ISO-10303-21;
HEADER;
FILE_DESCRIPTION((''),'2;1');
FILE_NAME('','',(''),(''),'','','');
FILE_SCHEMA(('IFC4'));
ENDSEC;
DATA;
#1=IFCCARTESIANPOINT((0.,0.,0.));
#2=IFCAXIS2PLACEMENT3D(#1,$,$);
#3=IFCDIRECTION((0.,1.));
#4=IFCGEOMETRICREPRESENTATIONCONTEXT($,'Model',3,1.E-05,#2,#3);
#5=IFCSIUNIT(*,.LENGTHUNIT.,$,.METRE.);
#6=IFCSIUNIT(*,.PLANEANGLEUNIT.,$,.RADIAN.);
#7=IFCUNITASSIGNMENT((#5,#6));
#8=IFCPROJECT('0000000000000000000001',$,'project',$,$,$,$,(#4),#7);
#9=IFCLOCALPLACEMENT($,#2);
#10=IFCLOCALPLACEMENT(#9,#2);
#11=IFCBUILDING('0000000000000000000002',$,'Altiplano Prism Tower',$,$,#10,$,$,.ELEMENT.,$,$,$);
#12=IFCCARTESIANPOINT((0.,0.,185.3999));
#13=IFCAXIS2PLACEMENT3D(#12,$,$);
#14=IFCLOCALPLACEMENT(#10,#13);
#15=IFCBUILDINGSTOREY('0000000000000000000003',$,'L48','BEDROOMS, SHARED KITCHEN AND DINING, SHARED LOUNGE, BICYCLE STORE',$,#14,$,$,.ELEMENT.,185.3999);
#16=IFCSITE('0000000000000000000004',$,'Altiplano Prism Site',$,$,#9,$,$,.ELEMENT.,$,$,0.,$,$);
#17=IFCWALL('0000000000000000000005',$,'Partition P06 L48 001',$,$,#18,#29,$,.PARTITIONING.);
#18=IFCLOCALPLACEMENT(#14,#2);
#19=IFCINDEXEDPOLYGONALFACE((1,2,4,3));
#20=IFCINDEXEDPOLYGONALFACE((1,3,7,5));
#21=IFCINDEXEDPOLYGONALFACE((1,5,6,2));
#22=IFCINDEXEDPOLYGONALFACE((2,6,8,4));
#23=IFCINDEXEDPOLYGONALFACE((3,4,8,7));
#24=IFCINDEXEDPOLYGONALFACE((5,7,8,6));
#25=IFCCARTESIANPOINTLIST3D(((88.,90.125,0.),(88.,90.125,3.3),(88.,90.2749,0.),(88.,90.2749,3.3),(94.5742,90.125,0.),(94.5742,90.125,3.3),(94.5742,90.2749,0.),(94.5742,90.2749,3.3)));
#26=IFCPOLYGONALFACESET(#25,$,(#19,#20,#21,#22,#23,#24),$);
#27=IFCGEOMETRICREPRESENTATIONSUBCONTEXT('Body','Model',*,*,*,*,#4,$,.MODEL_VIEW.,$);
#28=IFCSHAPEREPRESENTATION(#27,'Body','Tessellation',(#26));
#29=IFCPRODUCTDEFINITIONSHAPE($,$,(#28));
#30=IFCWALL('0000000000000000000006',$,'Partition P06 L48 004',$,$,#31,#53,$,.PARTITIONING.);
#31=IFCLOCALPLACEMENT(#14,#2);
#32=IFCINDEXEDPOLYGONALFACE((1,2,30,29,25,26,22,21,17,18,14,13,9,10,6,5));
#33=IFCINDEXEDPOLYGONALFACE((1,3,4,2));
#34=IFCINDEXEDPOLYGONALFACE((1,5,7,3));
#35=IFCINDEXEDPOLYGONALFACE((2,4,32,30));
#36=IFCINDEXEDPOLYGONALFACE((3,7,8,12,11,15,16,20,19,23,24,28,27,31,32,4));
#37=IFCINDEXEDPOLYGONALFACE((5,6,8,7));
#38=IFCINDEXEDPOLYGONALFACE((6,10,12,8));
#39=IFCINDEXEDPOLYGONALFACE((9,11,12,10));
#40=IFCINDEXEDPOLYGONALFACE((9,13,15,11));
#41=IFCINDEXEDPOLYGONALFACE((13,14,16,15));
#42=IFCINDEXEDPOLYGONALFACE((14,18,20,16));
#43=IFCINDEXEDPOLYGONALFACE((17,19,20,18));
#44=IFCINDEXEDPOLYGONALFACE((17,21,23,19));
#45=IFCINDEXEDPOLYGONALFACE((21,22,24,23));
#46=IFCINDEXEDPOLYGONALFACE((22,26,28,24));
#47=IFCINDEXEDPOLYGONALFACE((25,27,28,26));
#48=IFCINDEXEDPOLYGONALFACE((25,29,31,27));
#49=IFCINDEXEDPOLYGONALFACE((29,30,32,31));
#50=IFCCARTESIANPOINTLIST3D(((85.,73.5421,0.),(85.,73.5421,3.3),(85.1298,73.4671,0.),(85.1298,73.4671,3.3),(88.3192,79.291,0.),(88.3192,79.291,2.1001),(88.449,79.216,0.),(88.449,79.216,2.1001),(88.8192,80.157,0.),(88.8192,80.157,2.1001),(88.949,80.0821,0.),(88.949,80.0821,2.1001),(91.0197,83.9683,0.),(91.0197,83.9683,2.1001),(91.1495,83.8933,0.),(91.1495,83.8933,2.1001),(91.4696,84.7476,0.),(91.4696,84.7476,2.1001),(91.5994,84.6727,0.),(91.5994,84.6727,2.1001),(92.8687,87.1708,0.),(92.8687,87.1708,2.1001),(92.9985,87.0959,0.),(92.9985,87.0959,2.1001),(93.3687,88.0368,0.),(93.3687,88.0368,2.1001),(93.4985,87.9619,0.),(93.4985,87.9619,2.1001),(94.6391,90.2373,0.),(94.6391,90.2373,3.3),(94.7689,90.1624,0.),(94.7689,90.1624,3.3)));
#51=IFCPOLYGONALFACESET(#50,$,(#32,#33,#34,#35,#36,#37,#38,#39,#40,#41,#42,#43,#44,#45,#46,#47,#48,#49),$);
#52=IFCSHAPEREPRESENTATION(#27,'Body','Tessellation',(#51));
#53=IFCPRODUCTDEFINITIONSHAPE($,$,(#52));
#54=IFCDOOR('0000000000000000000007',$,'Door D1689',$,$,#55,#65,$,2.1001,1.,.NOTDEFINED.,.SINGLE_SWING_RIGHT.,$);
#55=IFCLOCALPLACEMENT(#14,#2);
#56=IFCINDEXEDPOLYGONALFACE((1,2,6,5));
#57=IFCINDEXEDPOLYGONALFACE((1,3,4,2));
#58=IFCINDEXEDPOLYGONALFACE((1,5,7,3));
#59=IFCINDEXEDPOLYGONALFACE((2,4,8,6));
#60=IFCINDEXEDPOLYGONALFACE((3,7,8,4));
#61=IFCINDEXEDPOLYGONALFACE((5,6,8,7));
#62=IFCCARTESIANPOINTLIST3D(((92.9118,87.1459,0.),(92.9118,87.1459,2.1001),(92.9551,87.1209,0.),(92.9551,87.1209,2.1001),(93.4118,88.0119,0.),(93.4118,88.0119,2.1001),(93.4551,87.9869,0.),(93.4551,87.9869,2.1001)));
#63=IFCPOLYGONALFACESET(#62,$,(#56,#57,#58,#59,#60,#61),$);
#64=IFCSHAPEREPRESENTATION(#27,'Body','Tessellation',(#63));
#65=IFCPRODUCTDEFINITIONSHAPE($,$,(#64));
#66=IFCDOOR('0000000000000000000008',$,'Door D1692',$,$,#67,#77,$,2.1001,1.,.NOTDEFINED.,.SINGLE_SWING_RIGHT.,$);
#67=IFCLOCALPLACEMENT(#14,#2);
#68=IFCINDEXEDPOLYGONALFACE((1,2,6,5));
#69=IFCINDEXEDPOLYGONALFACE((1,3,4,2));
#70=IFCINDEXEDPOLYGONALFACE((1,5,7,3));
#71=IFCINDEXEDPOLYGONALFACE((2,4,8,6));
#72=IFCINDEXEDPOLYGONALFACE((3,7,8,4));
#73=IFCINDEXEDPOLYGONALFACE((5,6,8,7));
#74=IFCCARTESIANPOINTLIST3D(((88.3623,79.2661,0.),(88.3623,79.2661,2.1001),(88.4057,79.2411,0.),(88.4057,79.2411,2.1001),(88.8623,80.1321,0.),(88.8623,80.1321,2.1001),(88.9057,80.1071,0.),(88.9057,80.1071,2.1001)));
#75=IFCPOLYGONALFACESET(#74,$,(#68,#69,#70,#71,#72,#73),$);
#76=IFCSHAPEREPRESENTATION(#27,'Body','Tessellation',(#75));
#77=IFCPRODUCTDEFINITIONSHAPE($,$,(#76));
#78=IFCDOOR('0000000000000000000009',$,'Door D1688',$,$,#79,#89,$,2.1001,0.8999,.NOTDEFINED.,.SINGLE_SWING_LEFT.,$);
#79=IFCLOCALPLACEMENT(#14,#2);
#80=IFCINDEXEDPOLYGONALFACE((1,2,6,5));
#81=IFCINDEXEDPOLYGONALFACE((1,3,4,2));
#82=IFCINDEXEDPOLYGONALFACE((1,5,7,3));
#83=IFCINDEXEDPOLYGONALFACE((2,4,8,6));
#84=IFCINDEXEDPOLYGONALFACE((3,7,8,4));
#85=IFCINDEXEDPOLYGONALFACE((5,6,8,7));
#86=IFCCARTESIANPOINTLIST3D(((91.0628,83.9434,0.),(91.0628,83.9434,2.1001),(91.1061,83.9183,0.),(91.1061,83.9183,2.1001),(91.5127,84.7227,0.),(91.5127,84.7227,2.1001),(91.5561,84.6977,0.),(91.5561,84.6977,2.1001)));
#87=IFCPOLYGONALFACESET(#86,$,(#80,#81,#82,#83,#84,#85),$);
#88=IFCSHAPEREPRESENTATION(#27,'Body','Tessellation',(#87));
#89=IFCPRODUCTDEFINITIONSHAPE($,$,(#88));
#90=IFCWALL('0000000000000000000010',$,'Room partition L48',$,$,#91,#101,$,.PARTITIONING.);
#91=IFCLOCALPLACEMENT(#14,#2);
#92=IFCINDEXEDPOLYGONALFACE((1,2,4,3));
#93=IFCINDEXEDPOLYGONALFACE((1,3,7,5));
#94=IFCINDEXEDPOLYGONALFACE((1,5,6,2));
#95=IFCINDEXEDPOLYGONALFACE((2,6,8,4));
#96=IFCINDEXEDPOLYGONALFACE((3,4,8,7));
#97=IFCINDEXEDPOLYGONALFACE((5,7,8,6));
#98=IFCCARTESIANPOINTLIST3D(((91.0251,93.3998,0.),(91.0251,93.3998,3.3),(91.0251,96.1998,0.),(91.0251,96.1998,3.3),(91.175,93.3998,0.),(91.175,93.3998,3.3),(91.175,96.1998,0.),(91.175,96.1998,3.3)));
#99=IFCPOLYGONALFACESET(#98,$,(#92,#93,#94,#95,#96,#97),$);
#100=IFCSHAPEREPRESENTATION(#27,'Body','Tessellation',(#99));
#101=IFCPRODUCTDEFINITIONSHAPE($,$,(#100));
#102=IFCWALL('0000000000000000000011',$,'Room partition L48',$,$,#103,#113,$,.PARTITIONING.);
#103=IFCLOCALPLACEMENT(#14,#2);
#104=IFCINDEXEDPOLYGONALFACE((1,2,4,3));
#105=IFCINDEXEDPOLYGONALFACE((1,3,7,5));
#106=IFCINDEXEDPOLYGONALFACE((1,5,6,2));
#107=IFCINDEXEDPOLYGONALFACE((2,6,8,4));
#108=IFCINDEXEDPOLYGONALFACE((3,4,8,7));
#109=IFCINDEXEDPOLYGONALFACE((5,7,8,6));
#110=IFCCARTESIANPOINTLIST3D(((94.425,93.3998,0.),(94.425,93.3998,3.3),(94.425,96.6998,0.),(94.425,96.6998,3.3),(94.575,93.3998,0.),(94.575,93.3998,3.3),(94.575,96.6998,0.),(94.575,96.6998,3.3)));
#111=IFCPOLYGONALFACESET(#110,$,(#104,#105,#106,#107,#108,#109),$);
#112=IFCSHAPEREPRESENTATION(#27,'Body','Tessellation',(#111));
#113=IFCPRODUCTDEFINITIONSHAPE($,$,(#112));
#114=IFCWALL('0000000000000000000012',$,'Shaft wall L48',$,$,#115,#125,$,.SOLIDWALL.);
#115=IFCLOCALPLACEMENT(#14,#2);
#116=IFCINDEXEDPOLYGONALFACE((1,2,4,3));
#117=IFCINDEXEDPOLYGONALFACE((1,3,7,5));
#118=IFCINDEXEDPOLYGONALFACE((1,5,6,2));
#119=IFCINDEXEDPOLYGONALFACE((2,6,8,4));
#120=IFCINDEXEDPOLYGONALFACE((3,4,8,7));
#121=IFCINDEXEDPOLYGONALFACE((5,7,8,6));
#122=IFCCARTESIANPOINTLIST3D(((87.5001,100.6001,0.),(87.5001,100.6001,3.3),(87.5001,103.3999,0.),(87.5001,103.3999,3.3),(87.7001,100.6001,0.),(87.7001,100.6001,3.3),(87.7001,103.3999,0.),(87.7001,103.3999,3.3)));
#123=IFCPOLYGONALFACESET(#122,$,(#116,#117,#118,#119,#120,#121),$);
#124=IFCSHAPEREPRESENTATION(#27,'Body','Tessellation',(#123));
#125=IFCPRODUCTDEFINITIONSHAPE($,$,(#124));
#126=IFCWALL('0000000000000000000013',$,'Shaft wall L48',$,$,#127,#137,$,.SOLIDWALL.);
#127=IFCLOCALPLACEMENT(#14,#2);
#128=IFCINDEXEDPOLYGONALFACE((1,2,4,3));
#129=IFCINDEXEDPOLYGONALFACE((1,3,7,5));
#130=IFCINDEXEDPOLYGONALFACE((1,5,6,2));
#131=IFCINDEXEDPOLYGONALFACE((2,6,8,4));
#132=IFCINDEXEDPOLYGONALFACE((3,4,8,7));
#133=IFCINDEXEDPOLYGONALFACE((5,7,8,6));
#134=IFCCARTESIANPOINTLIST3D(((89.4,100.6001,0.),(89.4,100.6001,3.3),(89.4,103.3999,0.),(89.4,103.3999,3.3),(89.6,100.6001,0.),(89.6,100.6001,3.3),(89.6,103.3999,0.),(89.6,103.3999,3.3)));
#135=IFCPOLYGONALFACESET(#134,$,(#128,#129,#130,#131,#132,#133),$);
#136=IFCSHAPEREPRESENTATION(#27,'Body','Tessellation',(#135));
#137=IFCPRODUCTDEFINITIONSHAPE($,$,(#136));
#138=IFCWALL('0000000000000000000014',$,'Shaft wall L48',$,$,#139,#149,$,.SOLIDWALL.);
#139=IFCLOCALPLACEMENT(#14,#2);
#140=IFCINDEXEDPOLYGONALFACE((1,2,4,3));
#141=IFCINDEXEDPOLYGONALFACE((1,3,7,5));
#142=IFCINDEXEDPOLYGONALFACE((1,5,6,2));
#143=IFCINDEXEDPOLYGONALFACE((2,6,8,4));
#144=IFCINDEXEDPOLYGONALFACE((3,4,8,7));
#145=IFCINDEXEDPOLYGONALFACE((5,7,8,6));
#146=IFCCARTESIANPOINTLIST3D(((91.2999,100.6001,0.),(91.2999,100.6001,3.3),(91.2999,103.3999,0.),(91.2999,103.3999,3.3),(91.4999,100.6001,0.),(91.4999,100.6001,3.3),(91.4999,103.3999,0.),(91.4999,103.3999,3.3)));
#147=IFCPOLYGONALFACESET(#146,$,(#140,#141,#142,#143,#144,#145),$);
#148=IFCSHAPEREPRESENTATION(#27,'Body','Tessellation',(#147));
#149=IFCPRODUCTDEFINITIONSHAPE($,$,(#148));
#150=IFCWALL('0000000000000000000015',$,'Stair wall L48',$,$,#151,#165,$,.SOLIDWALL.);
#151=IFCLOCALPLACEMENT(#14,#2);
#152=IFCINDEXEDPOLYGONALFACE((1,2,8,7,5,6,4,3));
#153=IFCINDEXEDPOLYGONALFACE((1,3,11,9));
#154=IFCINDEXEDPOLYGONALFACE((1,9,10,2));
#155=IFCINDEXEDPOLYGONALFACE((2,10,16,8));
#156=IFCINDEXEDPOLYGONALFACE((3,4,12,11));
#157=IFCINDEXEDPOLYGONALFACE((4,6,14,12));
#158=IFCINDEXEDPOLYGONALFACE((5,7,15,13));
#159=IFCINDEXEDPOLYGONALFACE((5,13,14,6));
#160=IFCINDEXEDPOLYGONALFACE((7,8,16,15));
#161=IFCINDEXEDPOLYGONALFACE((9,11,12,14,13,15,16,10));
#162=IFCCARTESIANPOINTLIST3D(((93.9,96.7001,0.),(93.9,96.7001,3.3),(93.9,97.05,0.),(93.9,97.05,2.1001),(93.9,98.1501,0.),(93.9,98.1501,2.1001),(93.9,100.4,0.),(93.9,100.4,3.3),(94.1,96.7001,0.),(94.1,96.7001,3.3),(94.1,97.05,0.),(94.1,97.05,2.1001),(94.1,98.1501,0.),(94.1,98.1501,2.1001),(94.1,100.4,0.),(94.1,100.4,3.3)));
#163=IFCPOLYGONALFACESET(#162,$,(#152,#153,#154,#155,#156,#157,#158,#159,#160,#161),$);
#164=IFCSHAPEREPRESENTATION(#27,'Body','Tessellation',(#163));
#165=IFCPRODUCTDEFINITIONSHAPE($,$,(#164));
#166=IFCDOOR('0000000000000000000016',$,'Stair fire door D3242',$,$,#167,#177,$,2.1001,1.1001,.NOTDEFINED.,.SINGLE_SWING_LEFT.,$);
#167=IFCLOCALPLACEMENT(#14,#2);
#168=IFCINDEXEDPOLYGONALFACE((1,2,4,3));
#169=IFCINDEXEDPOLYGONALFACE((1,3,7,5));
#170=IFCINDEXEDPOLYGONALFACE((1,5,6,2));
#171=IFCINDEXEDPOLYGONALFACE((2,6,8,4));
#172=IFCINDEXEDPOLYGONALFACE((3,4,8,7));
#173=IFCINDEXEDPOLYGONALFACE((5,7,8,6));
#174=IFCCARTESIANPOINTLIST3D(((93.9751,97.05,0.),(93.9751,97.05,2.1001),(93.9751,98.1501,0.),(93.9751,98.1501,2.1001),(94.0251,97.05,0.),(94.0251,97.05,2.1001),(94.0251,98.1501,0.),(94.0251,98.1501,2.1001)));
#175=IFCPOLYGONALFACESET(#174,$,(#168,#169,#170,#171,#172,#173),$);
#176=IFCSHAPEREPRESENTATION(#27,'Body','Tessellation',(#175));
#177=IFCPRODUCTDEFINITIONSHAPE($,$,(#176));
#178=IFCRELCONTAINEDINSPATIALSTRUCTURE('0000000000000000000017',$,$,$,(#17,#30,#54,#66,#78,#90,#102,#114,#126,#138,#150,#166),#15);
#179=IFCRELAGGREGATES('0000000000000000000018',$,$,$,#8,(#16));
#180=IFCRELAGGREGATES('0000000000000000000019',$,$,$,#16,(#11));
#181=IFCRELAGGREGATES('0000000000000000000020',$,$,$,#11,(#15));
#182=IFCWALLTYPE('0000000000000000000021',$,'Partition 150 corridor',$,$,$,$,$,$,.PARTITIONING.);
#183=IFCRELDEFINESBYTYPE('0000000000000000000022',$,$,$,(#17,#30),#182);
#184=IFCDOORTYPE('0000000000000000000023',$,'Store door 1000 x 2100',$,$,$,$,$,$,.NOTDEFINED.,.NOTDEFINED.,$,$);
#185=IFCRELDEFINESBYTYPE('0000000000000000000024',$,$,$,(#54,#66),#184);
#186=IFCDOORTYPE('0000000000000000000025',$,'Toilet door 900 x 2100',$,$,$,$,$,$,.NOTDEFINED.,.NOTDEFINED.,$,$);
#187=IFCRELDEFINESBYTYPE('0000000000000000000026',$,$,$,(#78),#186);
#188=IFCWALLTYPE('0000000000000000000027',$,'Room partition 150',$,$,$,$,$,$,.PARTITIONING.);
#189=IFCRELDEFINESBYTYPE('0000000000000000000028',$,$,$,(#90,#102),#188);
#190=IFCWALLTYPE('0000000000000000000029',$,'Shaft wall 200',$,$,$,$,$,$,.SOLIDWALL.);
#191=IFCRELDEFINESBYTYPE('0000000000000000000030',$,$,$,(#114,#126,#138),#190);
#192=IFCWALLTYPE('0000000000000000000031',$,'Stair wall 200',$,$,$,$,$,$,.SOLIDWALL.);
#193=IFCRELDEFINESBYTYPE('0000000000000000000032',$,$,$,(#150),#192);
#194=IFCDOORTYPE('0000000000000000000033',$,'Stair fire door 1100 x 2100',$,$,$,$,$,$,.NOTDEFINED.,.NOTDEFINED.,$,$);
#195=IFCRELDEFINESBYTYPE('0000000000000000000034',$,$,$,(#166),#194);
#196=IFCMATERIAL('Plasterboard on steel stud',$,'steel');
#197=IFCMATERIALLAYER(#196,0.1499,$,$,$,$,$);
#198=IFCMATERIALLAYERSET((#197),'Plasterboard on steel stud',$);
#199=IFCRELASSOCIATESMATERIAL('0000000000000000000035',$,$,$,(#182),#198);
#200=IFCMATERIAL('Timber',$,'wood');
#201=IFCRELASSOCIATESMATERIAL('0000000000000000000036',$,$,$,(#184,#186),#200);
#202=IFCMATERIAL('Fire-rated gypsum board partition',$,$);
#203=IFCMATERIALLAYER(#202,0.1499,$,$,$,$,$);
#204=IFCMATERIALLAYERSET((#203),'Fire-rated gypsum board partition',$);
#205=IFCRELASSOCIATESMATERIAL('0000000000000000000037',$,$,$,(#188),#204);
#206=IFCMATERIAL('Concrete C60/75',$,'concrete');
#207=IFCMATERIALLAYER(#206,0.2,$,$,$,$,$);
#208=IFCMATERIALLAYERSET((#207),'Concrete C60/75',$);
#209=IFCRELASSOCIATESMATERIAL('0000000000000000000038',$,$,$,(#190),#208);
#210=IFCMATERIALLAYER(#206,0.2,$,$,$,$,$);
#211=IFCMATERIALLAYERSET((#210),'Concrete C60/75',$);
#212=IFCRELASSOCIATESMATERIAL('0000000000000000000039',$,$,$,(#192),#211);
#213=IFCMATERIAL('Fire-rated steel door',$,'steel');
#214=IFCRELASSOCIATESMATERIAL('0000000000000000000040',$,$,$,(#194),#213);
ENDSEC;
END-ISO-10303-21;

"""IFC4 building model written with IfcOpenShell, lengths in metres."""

from ifc_helpers import new_model, si_unit, direction, frame, frame_2d, origin, place, context, subcontext, project, spatial, rectangle, extrude, material, layer, layer_set, type_object, element, fill, save


model = new_model("IFC4")

# Units and contexts
model_context = context("Model", 3, precision=1e-05, world=origin(), true_north=direction((0.0, 1.0)))
body_context = subcontext(model_context, "Body", "Model", "MODEL_VIEW")
ifc_project = project(units=[si_unit("LENGTHUNIT", "METRE"), si_unit("PLANEANGLEUNIT", "RADIAN")], contexts=[model_context])

# Site, building, storey
site_placement = place(None, origin())
site = spatial("IfcSite", under=ifc_project, at=site_placement, Name="Altiplano Prism Site", CompositionType="ELEMENT", RefElevation=0.0)
building_placement = place(site_placement, origin())
building = spatial("IfcBuilding", under=site, at=building_placement, Name="Altiplano Prism Tower", CompositionType="ELEMENT")
storey_placement = place(building_placement, frame((0.0, 0.0, 185.3999)))
storey = spatial("IfcBuildingStorey", under=building, at=storey_placement, Name="L48", Description="BEDROOMS, SHARED KITCHEN AND DINING, SHARED LOUNGE, BICYCLE STORE", CompositionType="ELEMENT", Elevation=185.3999)

# Wall
ifc_material_1 = material(Name="Plasterboard on steel stud", Category="steel")
ifc_layer_1 = layer(ifc_material_1, 0.1499)
ifc_layer_set_1 = layer_set([ifc_layer_1], Name="Plasterboard on steel stud")
wall_type_1 = type_object("IfcWallType", Name="Partition 150 corridor", PredefinedType="PARTITIONING", material=ifc_layer_set_1)
wall_1_placement = place(storey_placement, frame((88.0, 90.2, 0.0), z_axis=(0.0, 0.0, 1.0), x_axis=(1.0, 0.0, 0.0)))
element("IfcWall", 1, at=wall_1_placement, inside=storey, type_object=wall_type_1, Name="Partition P06 L48 001", PredefinedType="PARTITIONING", context=body_context, shape_type="SweptSolid", body=[
    extrude(rectangle(XDim=6.5742, YDim=0.1499, at=frame_2d((3.2871, 0.0))), origin(), (0.0, 0.0, 1.0), 3.3),
])

# Wall, openings, doors
wall_2_placement = place(storey_placement, frame((94.7041, 90.2, 0.0), z_axis=(0.0, 0.0, 1.0), x_axis=(-0.500005, -0.866023, 0.0)))
wall_2 = element("IfcWall", 2, at=wall_2_placement, inside=storey, type_object=wall_type_1, Name="Partition P06 L48 004", PredefinedType="PARTITIONING", context=body_context, shape_type="SweptSolid", body=[
    extrude(rectangle(XDim=19.2781, YDim=0.1499, at=frame_2d((9.6392, 0.0))), origin(), (0.0, 0.0, 1.0), 3.3),
])
opening_1_placement = place(wall_2_placement, frame((6.3391, 0.0, 0.0)))
opening_1 = element("IfcOpeningElement", 3, at=opening_1_placement, cuts=wall_2, PredefinedType="OPENING", context=body_context, shape_type="SweptSolid", body=[
    extrude(rectangle(XDim=0.8999, YDim=2.1001, at=frame_2d((0.45, 1.05))), frame((0.0, 0.0854, 0.0), z_axis=(0.0, -1.0, 0.0), x_axis=(1.0, 0.0, 0.0)), (0.0, 0.0, 1.0), 0.1709),
])
opening_2_placement = place(wall_2_placement, frame((2.541, 0.0, 0.0)))
opening_2 = element("IfcOpeningElement", 4, at=opening_2_placement, cuts=wall_2, PredefinedType="OPENING", context=body_context, shape_type="SweptSolid", body=[
    extrude(rectangle(XDim=1.0, YDim=2.1001, at=frame_2d((0.5, 1.05))), frame((0.0, 0.0854, 0.0), z_axis=(0.0, -1.0, 0.0), x_axis=(1.0, 0.0, 0.0)), (0.0, 0.0, 1.0), 0.1709),
])
opening_3_placement = place(wall_2_placement, frame((11.6399, 0.0, 0.0)))
opening_3 = element("IfcOpeningElement", 5, at=opening_3_placement, cuts=wall_2, PredefinedType="OPENING", context=body_context, shape_type="SweptSolid", body=[
    extrude(rectangle(XDim=1.0, YDim=2.1001, at=frame_2d((0.5, 1.05))), frame((0.0, 0.0854, 0.0), z_axis=(0.0, -1.0, 0.0), x_axis=(1.0, 0.0, 0.0)), (0.0, 0.0, 1.0), 0.1709),
])
ifc_material_2 = material(Name="Timber", Category="wood")
door_type_1 = type_object("IfcDoorType", Name="Store door 1000 x 2100", OperationType="NOTDEFINED", PredefinedType="NOTDEFINED", material=ifc_material_2)
door_1_placement = place(opening_2_placement, origin())
door_1 = element("IfcDoor", 6, at=door_1_placement, inside=storey, type_object=door_type_1, Name="Door D1689", OperationType="SINGLE_SWING_RIGHT", OverallHeight=2.1001, OverallWidth=1.0, PredefinedType="NOTDEFINED", context=body_context, shape_type="SweptSolid", body=[
    extrude(rectangle(XDim=1.0, YDim=2.1001, at=frame_2d((0.5, 1.05))), frame((0.0, 0.0249, 0.0), z_axis=(0.0, -1.0, 0.0), x_axis=(1.0, 0.0, 0.0)), (0.0, 0.0, 1.0), 0.05),
])
fill(opening_2, door_1)
door_2_placement = place(opening_3_placement, origin())
door_2 = element("IfcDoor", 7, at=door_2_placement, inside=storey, type_object=door_type_1, Name="Door D1692", OperationType="SINGLE_SWING_RIGHT", OverallHeight=2.1001, OverallWidth=1.0, PredefinedType="NOTDEFINED", context=body_context, shape_type="SweptSolid", body=[
    extrude(rectangle(XDim=1.0, YDim=2.1001, at=frame_2d((0.5, 1.05))), frame((0.0, 0.0249, 0.0), z_axis=(0.0, -1.0, 0.0), x_axis=(1.0, 0.0, 0.0)), (0.0, 0.0, 1.0), 0.05),
])
fill(opening_3, door_2)
door_type_2 = type_object("IfcDoorType", Name="Toilet door 900 x 2100", OperationType="NOTDEFINED", PredefinedType="NOTDEFINED", material=ifc_material_2)
door_3_placement = place(opening_1_placement, origin())
door_3 = element("IfcDoor", 8, at=door_3_placement, inside=storey, type_object=door_type_2, Name="Door D1688", OperationType="SINGLE_SWING_LEFT", OverallHeight=2.1001, OverallWidth=0.8999, PredefinedType="NOTDEFINED", context=body_context, shape_type="SweptSolid", body=[
    extrude(rectangle(XDim=0.8999, YDim=2.1001, at=frame_2d((0.45, 1.05))), frame((0.0, 0.0249, 0.0), z_axis=(0.0, -1.0, 0.0), x_axis=(1.0, 0.0, 0.0)), (0.0, 0.0, 1.0), 0.05),
])
fill(opening_1, door_3)

# Walls
ifc_material_3 = material(Name="Fire-rated gypsum board partition")
ifc_layer_2 = layer(ifc_material_3, 0.1499)
ifc_layer_set_2 = layer_set([ifc_layer_2], Name="Fire-rated gypsum board partition")
wall_type_2 = type_object("IfcWallType", Name="Room partition 150", PredefinedType="PARTITIONING", material=ifc_layer_set_2)
wall_3_placement = place(storey_placement, frame((91.1001, 93.3999, 0.0), z_axis=(0.0, 0.0, 1.0), x_axis=(0.0, 1.0, 0.0)))
element("IfcWall", 9, at=wall_3_placement, inside=storey, type_object=wall_type_2, Name="Room partition L48", PredefinedType="PARTITIONING", context=body_context, shape_type="SweptSolid", body=[
    extrude(rectangle(XDim=2.8, YDim=0.1499, at=frame_2d((1.3999, 0.0))), origin(), (0.0, 0.0, 1.0), 3.3),
])
wall_4_placement = place(storey_placement, frame((94.5, 93.3999, 0.0), z_axis=(0.0, 0.0, 1.0), x_axis=(0.0, 1.0, 0.0)))
element("IfcWall", 10, at=wall_4_placement, inside=storey, type_object=wall_type_2, Name="Room partition L48", PredefinedType="PARTITIONING", context=body_context, shape_type="SweptSolid", body=[
    extrude(rectangle(XDim=3.3, YDim=0.1499, at=frame_2d((1.6499, 0.0))), origin(), (0.0, 0.0, 1.0), 3.3),
])
ifc_material_4 = material(Name="Concrete C60/75", Category="concrete")
ifc_layer_3 = layer(ifc_material_4, 0.2)
ifc_layer_set_3 = layer_set([ifc_layer_3], Name="Concrete C60/75")
wall_type_3 = type_object("IfcWallType", Name="Shaft wall 200", PredefinedType="SOLIDWALL", material=ifc_layer_set_3)
for number, where, z_axis, x_axis, name in (
    (11, (87.6001, 100.6001, 0.0), (0.0, 0.0, 1.0), (0.0, 1.0, 0.0), "Shaft wall L48"),
    (12, (89.5, 100.6001, 0.0), (0.0, 0.0, 1.0), (0.0, 1.0, 0.0), "Shaft wall L48"),
    (13, (91.3999, 100.6001, 0.0), (0.0, 0.0, 1.0), (0.0, 1.0, 0.0), "Shaft wall L48"),
):
    element("IfcWall", number, at=place(storey_placement, frame(where, z_axis=z_axis, x_axis=x_axis)), inside=storey, type_object=wall_type_3, Name=name, PredefinedType="SOLIDWALL", context=body_context, shape_type="SweptSolid", body=[
        extrude(rectangle(XDim=2.7998, YDim=0.2, at=frame_2d((1.3999, 0.0))), origin(), (0.0, 0.0, 1.0), 3.3),
    ])

# Wall, opening, door
ifc_layer_4 = layer(ifc_material_4, 0.2)
ifc_layer_set_4 = layer_set([ifc_layer_4], Name="Concrete C60/75")
wall_type_4 = type_object("IfcWallType", Name="Stair wall 200", PredefinedType="SOLIDWALL", material=ifc_layer_set_4)
wall_5_placement = place(storey_placement, frame((94.0, 96.7, 0.0), z_axis=(0.0, 0.0, 1.0), x_axis=(0.0, 1.0, 0.0)))
wall_5 = element("IfcWall", 14, at=wall_5_placement, inside=storey, type_object=wall_type_4, Name="Stair wall L48", PredefinedType="SOLIDWALL", context=body_context, shape_type="SweptSolid", body=[
    extrude(rectangle(XDim=3.7, YDim=0.2, at=frame_2d((1.8501, 0.0))), origin(), (0.0, 0.0, 1.0), 3.3),
])
opening_4_placement = place(wall_5_placement, frame((0.3501, 0.0, 0.0)))
opening_4 = element("IfcOpeningElement", 15, at=opening_4_placement, cuts=wall_5, PredefinedType="OPENING", context=body_context, shape_type="SweptSolid", body=[
    extrude(rectangle(XDim=1.1001, YDim=2.1001, at=frame_2d((0.55, 1.05))), frame((0.0, 0.1104, 0.0), z_axis=(0.0, -1.0, 0.0), x_axis=(1.0, 0.0, 0.0)), (0.0, 0.0, 1.0), 0.2209),
])
ifc_material_5 = material(Name="Fire-rated steel door", Category="steel")
door_type_3 = type_object("IfcDoorType", Name="Stair fire door 1100 x 2100", OperationType="NOTDEFINED", PredefinedType="NOTDEFINED", material=ifc_material_5)
door_4_placement = place(opening_4_placement, origin())
door_4 = element("IfcDoor", 16, at=door_4_placement, inside=storey, type_object=door_type_3, Name="Stair fire door D3242", OperationType="SINGLE_SWING_LEFT", OverallHeight=2.1001, OverallWidth=1.1001, PredefinedType="NOTDEFINED", context=body_context, shape_type="SweptSolid", body=[
    extrude(rectangle(XDim=1.1001, YDim=2.1001, at=frame_2d((0.55, 1.05))), frame((0.0, 0.0249, 0.0), z_axis=(0.0, -1.0, 0.0), x_axis=(1.0, 0.0, 0.0)), (0.0, 0.0, 1.0), 0.05),
])
fill(opening_4, door_4)

save(model, "model.ifc")
